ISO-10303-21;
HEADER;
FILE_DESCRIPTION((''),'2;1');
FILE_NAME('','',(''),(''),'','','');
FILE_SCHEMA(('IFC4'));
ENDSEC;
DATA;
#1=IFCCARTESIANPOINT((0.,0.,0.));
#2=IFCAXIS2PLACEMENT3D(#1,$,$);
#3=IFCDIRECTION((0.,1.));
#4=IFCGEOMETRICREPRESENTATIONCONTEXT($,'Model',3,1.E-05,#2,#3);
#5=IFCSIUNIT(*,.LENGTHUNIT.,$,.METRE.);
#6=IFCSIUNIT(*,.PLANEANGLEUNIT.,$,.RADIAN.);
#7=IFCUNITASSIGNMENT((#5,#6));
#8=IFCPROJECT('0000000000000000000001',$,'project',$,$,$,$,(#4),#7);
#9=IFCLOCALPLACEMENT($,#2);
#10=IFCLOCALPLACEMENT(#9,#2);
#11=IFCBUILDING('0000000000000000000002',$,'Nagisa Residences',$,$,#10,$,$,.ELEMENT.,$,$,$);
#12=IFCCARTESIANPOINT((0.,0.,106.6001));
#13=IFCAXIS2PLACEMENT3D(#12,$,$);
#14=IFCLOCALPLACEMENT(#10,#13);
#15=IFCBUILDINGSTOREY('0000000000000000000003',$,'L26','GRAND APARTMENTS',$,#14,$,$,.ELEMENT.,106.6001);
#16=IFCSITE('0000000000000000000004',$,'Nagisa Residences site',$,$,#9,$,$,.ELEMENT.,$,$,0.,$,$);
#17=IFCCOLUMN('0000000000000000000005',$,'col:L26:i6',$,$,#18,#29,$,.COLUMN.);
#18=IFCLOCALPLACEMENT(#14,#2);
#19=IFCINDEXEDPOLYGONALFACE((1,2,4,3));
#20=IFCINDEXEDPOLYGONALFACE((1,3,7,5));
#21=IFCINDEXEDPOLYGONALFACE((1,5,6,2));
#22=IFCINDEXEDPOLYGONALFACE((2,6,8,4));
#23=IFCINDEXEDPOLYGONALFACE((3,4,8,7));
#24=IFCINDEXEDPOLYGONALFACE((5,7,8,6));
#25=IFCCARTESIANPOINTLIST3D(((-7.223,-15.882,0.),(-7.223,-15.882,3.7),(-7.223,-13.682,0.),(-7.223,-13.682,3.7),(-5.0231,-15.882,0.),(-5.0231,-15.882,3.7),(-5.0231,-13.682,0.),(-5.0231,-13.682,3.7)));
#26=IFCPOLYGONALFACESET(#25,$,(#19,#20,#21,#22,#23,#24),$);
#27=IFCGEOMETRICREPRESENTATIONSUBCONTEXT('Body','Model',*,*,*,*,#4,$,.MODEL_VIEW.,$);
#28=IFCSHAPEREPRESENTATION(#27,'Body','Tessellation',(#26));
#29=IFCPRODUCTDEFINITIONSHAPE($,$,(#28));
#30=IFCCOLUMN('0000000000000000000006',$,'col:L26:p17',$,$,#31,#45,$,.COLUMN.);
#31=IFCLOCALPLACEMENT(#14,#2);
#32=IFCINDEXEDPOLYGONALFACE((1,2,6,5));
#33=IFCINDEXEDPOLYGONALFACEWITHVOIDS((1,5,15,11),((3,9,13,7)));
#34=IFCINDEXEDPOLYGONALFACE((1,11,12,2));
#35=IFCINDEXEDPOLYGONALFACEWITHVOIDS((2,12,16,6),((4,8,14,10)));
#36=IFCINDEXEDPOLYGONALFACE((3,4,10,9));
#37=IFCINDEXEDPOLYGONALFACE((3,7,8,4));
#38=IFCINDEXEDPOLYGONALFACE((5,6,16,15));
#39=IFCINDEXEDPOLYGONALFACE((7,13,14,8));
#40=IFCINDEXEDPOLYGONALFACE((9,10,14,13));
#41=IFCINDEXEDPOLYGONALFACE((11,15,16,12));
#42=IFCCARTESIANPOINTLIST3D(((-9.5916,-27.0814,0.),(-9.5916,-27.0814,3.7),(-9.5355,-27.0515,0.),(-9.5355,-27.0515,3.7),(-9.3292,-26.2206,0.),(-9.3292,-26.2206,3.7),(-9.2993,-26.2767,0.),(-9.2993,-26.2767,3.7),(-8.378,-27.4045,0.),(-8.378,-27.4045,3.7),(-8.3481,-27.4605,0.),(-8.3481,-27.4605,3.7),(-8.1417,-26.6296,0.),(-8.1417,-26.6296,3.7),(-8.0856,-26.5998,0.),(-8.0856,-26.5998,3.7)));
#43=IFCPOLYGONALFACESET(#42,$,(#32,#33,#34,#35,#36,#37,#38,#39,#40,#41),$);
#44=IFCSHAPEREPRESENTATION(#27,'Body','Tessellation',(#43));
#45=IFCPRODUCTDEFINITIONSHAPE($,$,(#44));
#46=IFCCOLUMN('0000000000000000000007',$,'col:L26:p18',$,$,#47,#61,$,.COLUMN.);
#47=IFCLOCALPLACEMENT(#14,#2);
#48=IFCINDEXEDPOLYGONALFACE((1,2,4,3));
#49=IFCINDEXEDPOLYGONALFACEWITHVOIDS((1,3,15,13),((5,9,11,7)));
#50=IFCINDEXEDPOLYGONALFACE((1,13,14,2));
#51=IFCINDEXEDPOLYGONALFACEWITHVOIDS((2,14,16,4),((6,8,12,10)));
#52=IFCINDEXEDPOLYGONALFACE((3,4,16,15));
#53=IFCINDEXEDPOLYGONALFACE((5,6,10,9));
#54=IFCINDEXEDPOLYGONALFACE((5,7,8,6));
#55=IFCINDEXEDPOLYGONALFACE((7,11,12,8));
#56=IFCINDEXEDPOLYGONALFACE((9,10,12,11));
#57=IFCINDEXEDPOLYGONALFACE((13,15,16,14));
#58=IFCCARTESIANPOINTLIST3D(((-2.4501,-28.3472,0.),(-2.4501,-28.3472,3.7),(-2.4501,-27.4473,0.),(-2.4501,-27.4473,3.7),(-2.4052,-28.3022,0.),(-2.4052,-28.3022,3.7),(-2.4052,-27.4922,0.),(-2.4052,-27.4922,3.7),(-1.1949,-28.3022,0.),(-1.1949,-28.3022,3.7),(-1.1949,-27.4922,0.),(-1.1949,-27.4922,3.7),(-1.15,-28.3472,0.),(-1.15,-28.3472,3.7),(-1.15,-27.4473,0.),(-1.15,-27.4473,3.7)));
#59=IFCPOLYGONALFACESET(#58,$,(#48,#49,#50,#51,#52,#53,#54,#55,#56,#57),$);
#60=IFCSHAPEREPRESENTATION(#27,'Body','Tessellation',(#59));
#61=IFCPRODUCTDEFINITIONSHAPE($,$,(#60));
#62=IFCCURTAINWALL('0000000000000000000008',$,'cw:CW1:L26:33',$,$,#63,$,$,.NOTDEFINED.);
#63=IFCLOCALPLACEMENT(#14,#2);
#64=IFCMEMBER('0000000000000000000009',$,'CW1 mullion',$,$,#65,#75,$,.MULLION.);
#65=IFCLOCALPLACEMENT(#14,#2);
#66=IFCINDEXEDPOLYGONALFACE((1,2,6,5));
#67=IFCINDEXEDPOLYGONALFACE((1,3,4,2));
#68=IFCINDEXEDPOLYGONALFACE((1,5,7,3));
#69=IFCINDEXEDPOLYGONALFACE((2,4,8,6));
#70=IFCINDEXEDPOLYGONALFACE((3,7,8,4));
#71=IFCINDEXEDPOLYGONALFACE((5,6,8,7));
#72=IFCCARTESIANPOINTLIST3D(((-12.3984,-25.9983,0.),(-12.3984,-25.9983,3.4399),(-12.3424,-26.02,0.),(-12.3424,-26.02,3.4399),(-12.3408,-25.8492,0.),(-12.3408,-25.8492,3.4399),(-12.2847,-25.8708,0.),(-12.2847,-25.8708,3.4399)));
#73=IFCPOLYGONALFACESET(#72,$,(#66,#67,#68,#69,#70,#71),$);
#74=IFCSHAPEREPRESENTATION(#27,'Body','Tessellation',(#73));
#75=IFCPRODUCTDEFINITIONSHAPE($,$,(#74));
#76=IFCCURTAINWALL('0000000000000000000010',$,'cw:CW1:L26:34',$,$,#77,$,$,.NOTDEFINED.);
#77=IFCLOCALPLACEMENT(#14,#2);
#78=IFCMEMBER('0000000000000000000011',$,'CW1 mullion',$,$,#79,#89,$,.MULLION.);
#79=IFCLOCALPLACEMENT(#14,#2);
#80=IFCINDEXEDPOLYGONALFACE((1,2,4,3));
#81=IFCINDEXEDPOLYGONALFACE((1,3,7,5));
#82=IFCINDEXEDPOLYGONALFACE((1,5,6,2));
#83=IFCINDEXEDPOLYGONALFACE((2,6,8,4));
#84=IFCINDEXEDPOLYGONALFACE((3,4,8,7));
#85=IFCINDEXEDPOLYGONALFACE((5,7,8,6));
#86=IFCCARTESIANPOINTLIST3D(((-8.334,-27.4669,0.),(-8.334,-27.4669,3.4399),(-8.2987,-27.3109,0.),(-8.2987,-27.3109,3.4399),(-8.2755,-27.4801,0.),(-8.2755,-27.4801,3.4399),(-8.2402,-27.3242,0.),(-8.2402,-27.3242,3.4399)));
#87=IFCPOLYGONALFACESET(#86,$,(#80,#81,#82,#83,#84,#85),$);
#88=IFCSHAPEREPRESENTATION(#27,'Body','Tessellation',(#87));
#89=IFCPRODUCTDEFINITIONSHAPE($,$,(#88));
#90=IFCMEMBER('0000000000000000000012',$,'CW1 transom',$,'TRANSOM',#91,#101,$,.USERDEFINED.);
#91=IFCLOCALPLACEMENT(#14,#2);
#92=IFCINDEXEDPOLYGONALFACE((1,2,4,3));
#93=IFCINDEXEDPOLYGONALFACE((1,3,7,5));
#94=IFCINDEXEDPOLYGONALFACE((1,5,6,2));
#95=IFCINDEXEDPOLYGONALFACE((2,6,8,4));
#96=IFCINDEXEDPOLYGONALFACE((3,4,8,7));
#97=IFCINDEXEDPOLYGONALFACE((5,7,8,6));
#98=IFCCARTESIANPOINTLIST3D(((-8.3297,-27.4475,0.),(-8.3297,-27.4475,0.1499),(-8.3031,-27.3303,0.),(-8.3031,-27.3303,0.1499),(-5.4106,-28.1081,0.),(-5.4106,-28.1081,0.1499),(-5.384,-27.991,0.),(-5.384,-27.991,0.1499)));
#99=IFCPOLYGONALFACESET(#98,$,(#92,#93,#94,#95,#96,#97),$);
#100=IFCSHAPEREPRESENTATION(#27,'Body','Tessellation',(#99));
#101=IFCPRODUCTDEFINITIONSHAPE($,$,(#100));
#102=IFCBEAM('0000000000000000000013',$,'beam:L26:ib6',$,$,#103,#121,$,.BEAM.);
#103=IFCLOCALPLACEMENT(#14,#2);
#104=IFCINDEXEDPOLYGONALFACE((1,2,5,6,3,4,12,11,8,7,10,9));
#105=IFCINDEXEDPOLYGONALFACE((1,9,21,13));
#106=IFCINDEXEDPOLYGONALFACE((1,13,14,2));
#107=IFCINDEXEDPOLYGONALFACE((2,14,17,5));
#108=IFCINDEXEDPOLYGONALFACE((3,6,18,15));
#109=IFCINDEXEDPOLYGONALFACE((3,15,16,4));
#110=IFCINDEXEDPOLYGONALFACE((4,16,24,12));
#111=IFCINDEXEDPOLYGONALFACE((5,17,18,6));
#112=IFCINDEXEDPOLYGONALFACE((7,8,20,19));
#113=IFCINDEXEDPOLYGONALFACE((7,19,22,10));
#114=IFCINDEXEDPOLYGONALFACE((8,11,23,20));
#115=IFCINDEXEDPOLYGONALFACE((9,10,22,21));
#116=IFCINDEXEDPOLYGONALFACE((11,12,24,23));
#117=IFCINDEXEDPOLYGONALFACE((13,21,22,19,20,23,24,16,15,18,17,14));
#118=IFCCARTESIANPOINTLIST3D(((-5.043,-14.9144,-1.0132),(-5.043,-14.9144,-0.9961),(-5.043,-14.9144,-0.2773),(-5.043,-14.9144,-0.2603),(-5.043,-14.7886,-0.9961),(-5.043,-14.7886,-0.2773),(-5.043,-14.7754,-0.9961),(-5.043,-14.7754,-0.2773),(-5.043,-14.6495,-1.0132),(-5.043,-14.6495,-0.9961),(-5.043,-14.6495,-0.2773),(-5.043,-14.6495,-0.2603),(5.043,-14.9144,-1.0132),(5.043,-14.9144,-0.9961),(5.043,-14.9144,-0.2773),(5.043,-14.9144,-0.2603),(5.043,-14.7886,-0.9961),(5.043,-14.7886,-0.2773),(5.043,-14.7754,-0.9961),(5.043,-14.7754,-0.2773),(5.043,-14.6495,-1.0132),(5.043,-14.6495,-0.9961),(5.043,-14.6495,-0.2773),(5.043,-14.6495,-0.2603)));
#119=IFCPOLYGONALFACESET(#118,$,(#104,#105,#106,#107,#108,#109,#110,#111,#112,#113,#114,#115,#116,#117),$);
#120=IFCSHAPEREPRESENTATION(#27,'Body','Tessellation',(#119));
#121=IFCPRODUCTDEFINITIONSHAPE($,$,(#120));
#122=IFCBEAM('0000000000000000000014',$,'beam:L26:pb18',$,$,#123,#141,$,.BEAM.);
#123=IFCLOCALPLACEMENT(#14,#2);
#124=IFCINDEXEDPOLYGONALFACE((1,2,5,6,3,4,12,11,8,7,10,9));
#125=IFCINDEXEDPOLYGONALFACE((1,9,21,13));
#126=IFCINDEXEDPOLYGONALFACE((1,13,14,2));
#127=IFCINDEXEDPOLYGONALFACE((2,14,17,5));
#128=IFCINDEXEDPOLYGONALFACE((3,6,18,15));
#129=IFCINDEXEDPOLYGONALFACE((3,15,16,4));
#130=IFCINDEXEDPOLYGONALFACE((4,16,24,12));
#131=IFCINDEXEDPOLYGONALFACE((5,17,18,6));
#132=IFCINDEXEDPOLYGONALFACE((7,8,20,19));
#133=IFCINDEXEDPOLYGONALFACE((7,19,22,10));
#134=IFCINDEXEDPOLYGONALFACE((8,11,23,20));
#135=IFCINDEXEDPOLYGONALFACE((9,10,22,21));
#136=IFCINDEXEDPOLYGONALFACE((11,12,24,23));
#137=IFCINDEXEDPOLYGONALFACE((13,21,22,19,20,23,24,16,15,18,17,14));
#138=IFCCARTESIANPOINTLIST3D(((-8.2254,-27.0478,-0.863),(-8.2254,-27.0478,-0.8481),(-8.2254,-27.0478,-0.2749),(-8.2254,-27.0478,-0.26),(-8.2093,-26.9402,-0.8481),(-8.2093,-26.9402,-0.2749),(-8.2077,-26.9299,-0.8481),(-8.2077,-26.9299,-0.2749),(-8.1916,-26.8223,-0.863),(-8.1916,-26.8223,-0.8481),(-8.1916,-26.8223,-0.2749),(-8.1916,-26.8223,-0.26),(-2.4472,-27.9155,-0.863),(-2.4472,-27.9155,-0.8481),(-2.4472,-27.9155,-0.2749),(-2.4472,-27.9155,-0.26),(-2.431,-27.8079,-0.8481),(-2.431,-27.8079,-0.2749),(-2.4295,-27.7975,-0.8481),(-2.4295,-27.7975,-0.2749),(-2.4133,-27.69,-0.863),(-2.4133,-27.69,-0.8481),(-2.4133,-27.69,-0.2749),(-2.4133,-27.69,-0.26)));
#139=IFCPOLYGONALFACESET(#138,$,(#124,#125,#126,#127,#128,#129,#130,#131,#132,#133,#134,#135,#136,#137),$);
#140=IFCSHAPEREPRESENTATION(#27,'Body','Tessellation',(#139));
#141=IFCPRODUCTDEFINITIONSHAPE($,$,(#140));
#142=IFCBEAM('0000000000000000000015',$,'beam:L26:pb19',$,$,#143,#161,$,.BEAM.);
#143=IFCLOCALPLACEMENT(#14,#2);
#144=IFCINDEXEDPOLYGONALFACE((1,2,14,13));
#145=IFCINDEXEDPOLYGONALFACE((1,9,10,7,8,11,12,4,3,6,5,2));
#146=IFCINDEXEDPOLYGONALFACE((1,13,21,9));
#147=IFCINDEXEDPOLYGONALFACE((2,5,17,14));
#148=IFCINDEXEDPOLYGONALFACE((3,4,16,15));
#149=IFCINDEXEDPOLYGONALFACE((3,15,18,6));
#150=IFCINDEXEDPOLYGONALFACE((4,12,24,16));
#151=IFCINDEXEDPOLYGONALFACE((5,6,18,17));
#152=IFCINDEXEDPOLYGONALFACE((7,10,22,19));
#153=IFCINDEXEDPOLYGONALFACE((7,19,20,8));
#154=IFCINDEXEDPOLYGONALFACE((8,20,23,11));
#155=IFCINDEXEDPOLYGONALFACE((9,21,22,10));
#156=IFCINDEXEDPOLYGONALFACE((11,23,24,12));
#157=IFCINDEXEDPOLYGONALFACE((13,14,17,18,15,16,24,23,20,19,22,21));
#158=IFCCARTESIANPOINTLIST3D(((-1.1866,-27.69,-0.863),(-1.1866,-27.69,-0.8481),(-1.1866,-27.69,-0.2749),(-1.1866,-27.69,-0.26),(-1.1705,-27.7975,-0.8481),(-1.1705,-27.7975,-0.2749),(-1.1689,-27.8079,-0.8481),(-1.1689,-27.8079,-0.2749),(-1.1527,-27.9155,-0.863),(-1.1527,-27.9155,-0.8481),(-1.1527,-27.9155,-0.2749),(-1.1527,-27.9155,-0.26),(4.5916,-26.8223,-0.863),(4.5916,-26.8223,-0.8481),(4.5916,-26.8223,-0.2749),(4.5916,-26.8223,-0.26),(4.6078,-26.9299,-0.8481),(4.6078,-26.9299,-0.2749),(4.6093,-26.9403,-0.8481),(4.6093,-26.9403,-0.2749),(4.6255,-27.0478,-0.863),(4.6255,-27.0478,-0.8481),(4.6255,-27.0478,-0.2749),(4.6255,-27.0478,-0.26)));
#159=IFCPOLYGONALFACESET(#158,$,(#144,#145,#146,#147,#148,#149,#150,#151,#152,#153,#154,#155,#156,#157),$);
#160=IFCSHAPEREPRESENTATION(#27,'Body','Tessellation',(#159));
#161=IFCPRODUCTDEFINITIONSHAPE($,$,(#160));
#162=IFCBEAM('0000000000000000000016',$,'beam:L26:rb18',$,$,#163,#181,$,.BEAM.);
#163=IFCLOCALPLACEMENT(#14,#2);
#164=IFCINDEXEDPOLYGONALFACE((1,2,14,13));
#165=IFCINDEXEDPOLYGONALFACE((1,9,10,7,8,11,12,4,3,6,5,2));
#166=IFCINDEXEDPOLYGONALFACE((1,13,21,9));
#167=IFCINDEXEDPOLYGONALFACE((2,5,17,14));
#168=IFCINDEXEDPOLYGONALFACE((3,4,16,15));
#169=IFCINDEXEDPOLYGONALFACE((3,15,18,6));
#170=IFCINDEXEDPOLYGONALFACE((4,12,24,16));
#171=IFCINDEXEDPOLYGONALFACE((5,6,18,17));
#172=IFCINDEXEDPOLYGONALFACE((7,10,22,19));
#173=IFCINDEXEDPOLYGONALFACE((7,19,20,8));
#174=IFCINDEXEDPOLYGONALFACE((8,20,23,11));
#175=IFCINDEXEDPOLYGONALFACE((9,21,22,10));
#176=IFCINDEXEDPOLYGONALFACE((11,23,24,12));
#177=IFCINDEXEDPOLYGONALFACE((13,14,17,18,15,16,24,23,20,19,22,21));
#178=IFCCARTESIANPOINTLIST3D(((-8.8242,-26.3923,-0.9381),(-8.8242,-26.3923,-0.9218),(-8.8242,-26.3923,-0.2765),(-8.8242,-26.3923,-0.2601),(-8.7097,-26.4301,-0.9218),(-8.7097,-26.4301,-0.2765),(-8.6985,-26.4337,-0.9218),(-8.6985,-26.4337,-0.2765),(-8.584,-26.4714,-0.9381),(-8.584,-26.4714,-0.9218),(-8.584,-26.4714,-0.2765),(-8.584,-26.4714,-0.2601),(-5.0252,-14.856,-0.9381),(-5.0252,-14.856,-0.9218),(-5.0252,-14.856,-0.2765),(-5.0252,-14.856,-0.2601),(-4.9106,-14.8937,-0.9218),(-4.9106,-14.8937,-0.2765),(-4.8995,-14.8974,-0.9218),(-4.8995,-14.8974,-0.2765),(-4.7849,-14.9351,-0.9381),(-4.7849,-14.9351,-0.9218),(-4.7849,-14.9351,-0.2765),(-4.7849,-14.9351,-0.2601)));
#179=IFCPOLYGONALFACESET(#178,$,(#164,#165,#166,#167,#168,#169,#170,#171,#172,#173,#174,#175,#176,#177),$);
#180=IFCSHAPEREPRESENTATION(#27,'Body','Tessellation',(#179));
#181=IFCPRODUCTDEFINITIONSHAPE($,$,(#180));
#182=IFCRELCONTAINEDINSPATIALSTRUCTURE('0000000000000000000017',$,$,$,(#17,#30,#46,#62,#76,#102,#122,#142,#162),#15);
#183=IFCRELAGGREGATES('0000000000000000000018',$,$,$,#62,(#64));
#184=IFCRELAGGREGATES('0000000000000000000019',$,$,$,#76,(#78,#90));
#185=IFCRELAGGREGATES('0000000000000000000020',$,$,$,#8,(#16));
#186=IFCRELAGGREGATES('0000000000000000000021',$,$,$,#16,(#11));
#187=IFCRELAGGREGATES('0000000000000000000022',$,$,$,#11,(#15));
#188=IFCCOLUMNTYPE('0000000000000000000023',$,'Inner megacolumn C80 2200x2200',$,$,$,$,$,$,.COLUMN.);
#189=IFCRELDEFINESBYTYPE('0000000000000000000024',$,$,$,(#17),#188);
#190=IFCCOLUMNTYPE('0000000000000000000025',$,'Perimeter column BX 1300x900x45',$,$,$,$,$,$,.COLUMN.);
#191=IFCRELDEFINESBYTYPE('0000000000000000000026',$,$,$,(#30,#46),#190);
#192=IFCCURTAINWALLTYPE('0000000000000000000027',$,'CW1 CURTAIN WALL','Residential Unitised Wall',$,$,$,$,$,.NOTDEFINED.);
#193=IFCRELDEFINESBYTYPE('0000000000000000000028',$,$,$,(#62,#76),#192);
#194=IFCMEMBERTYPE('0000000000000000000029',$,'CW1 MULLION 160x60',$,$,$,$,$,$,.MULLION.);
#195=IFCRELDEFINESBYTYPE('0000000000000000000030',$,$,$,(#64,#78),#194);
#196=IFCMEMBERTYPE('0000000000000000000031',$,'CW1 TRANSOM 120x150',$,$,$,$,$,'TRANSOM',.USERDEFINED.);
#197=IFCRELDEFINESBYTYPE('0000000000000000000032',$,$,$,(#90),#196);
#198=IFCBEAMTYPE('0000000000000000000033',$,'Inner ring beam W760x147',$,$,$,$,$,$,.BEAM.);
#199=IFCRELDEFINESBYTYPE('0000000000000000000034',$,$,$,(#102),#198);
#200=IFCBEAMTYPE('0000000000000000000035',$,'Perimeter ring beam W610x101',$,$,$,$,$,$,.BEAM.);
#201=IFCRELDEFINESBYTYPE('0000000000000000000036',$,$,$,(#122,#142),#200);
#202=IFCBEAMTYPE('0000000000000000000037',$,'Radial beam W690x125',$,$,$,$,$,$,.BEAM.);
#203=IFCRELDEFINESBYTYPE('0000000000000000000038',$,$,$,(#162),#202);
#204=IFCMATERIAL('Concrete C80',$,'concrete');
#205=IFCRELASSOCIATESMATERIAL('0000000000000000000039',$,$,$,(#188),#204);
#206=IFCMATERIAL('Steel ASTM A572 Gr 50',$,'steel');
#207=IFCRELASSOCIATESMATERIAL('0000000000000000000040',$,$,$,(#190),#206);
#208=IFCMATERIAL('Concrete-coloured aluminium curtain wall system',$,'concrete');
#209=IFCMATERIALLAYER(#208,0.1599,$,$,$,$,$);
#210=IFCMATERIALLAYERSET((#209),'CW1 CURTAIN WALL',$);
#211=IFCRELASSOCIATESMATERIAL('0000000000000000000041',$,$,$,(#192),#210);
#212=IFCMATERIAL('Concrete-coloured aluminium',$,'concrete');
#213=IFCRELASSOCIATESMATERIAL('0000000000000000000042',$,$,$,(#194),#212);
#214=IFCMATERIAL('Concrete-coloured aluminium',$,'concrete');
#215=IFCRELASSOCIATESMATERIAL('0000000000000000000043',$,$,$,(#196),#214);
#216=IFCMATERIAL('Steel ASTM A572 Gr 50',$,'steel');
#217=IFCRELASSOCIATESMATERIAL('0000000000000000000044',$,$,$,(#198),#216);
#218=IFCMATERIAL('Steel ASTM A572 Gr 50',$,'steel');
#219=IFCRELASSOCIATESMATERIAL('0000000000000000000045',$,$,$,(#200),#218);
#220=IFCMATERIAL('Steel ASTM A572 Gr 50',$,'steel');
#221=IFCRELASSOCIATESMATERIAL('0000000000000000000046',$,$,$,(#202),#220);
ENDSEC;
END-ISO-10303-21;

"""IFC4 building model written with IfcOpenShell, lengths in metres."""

from ifc_helpers import new_model, si_unit, direction, frame, origin, origin_2d, place, context, subcontext, project, spatial, rectangle, hollow_rectangle, i_section, extrude, material, layer, layer_set, material_profile, profile_set, type_object, element, aggregate, save


model = new_model("IFC4")

# Units and contexts
model_context = context("Model", 3, precision=1e-05, world=origin(), true_north=direction((0.0, 1.0)))
body_context = subcontext(model_context, "Body", "Model", "MODEL_VIEW")
ifc_project = project(units=[si_unit("LENGTHUNIT", "METRE"), si_unit("PLANEANGLEUNIT", "RADIAN")], contexts=[model_context])

# Site, building, storey
site_placement = place(None, origin())
site = spatial("IfcSite", under=ifc_project, at=site_placement, Name="Nagisa Residences site", CompositionType="ELEMENT", RefElevation=0.0)
building_placement = place(site_placement, origin())
building = spatial("IfcBuilding", under=site, at=building_placement, Name="Nagisa Residences", CompositionType="ELEMENT")
storey_placement = place(building_placement, frame((0.0, 0.0, 106.6001)))
storey = spatial("IfcBuildingStorey", under=building, at=storey_placement, Name="L26", Description="GRAND APARTMENTS", CompositionType="ELEMENT", Elevation=106.6001)

# Columns
ifc_material_1 = material(Name="Concrete C80", Category="concrete")
ifc_material_profile_1 = material_profile(ifc_material_1, rectangle(XDim=2.2, YDim=2.2, at=origin_2d()), Name="C80 2200x2200")
ifc_profile_set_1 = profile_set([ifc_material_profile_1], Name="Concrete C80")
column_type_1 = type_object("IfcColumnType", Name="Inner megacolumn C80 2200x2200", PredefinedType="COLUMN", material=ifc_profile_set_1)
column_placement = place(storey_placement, frame((-6.123, -14.782, 0.0), z_axis=(0.0, 0.0, 1.0), x_axis=(1.0, 0.0, 0.0)))
element("IfcColumn", 1, at=column_placement, inside=storey, type_object=column_type_1, Name="col:L26:i6", PredefinedType="COLUMN", context=body_context, shape_type="SweptSolid", body=[
    extrude(rectangle(XDim=2.2, YDim=2.2, at=origin_2d()), origin(), (0.0, 0.0, 1.0), 3.7),
])
ifc_material_2 = material(Name="Steel ASTM A572 Gr 50", Category="steel")
ifc_material_profile_2 = material_profile(ifc_material_2, hollow_rectangle(XDim=1.3, YDim=0.8999, WallThickness=0.0449, at=origin_2d()), Name="BX 1300x900x45")
ifc_profile_set_2 = profile_set([ifc_material_profile_2], Name="Steel ASTM A572 Gr 50")
column_type_2 = type_object("IfcColumnType", Name="Perimeter column BX 1300x900x45", PredefinedType="COLUMN", material=ifc_profile_set_2)
for number, where, z_axis, x_axis, name in (
    (2, (-8.8386, -26.8406, 0.0), (0.0, 0.0, 1.0), (0.956525, -0.291652, 0.0), "col:L26:p17"),
    (3, (-1.8, -27.8972, 0.0), (0.0, 0.0, 1.0), (1.0, 0.0, 0.0), "col:L26:p18"),
):
    element("IfcColumn", number, at=place(storey_placement, frame(where, z_axis=z_axis, x_axis=x_axis)), inside=storey, type_object=column_type_2, Name=name, PredefinedType="COLUMN", context=body_context, shape_type="SweptSolid", body=[
        extrude(hollow_rectangle(XDim=1.3, YDim=0.8999, WallThickness=0.0449, at=origin_2d()), origin(), (0.0, 0.0, 1.0), 3.7),
    ])

# Curtain wall, member
ifc_material_3 = material(Name="Concrete-coloured aluminium curtain wall system", Category="concrete")
ifc_layer_1 = layer(ifc_material_3, 0.1599)
ifc_layer_set_1 = layer_set([ifc_layer_1], Name="CW1 CURTAIN WALL")
curtain_wall_type = type_object("IfcCurtainWallType", Name="CW1 CURTAIN WALL", Description="Residential Unitised Wall", PredefinedType="NOTDEFINED", material=ifc_layer_set_1)
curtain_wall_1_placement = place(storey_placement, origin())
curtain_wall_1 = element("IfcCurtainWall", 4, at=curtain_wall_1_placement, inside=storey, type_object=curtain_wall_type, Name="cw:CW1:L26:33", PredefinedType="NOTDEFINED")
ifc_material_4 = material(Name="Concrete-coloured aluminium", Category="concrete")
ifc_material_profile_3 = material_profile(ifc_material_4, rectangle(XDim=0.1599, YDim=0.0601, at=origin_2d()), Name="CW1 MULLION 160x60")
ifc_profile_set_3 = profile_set([ifc_material_profile_3], Name="Concrete-coloured aluminium")
member_type_1 = type_object("IfcMemberType", Name="CW1 MULLION 160x60", PredefinedType="MULLION", material=ifc_profile_set_3)
member_1_placement = place(storey_placement, frame((-12.3416, -25.9346, 0.0), z_axis=(0.0, 0.0, 1.0), x_axis=(0.360328, 0.932826, 0.0)))
member_1 = element("IfcMember", 5, at=member_1_placement, type_object=member_type_1, Name="CW1 mullion", PredefinedType="MULLION", context=body_context, shape_type="SweptSolid", body=[
    extrude(rectangle(XDim=0.1599, YDim=0.0601, at=origin_2d()), origin(), (0.0, 0.0, 1.0), 3.4399),
])

# Curtain wall, members
curtain_wall_2_placement = place(storey_placement, origin())
curtain_wall_2 = element("IfcCurtainWall", 6, at=curtain_wall_2_placement, inside=storey, type_object=curtain_wall_type, Name="cw:CW1:L26:34", PredefinedType="NOTDEFINED")
member_2_placement = place(storey_placement, frame((-8.2871, -27.3955, 0.0), z_axis=(0.0, 0.0, 1.0), x_axis=(0.220764, 0.975327, 0.0)))
member_2 = element("IfcMember", 7, at=member_2_placement, type_object=member_type_1, Name="CW1 mullion", PredefinedType="MULLION", context=body_context, shape_type="SweptSolid", body=[
    extrude(rectangle(XDim=0.1599, YDim=0.0601, at=origin_2d()), origin(), (0.0, 0.0, 1.0), 3.4399),
])
ifc_material_5 = material(Name="Concrete-coloured aluminium", Category="concrete")
ifc_material_profile_4 = material_profile(ifc_material_5, rectangle(XDim=0.1201, YDim=0.1499, at=origin_2d()), Name="CW1 TRANSOM 120x150")
ifc_profile_set_4 = profile_set([ifc_material_profile_4], Name="Concrete-coloured aluminium")
member_type_2 = type_object("IfcMemberType", Name="CW1 TRANSOM 120x150", ElementType="TRANSOM", PredefinedType="USERDEFINED", material=ifc_profile_set_4)
member_3_placement = place(storey_placement, frame((-8.3164, -27.3889, 0.075), z_axis=(0.975335, -0.220729, 0.0), x_axis=(0.220729, 0.975335, 0.0)))
member_3 = element("IfcMember", 8, at=member_3_placement, type_object=member_type_2, Name="CW1 transom", ObjectType="TRANSOM", PredefinedType="USERDEFINED", context=body_context, shape_type="SweptSolid", body=[
    extrude(rectangle(XDim=0.1201, YDim=0.1499, at=origin_2d()), origin(), (0.0, 0.0, 1.0), 2.9929),
])

# Beams
ifc_material_6 = material(Name="Steel ASTM A572 Gr 50", Category="steel")
ifc_material_profile_5 = material_profile(ifc_material_6, i_section(OverallWidth=0.2649, OverallDepth=0.7529, WebThickness=0.0132, FlangeThickness=0.0171, at=origin_2d()), Name="W760x147")
ifc_profile_set_5 = profile_set([ifc_material_profile_5], Name="Steel ASTM A572 Gr 50")
beam_type_1 = type_object("IfcBeamType", Name="Inner ring beam W760x147", PredefinedType="BEAM", material=ifc_profile_set_5)
beam_1_placement = place(storey_placement, frame((-5.043, -14.782, -0.6367), z_axis=(1.0, 0.0, 0.0), x_axis=(0.0, 1.0, 0.0)))
element("IfcBeam", 9, at=beam_1_placement, inside=storey, type_object=beam_type_1, Name="beam:L26:ib6", PredefinedType="BEAM", context=body_context, shape_type="SweptSolid", body=[
    extrude(i_section(OverallWidth=0.2649, OverallDepth=0.7529, WebThickness=0.0132, FlangeThickness=0.0171, at=origin_2d()), origin(), (0.0, 0.0, 1.0), 10.0859),
])
ifc_material_7 = material(Name="Steel ASTM A572 Gr 50", Category="steel")
ifc_material_profile_6 = material_profile(ifc_material_7, i_section(OverallWidth=0.228, OverallDepth=0.603, WebThickness=0.0105, FlangeThickness=0.0149, at=origin_2d()), Name="W610x101")
ifc_profile_set_6 = profile_set([ifc_material_profile_6], Name="Steel ASTM A572 Gr 50")
beam_type_2 = type_object("IfcBeamType", Name="Perimeter ring beam W610x101", PredefinedType="BEAM", material=ifc_profile_set_6)
for number, where, z_axis, x_axis, name in (
    (10, (-8.2085, -26.9351, -0.5615), (0.988913, -0.148496, 0.0), (0.148496, 0.988913, 0.0), "beam:L26:pb18"),
    (11, (-1.1697, -27.8027, -0.5615), (0.988913, 0.148496, 0.0), (-0.148496, 0.988913, 0.0), "beam:L26:pb19"),
):
    element("IfcBeam", number, at=place(storey_placement, frame(where, z_axis=z_axis, x_axis=x_axis)), inside=storey, type_object=beam_type_2, Name=name, PredefinedType="BEAM", context=body_context, shape_type="SweptSolid", body=[
        extrude(i_section(OverallWidth=0.228, OverallDepth=0.603, WebThickness=0.0105, FlangeThickness=0.0149, at=origin_2d()), origin(), (0.0, 0.0, 1.0), 5.843),
    ])
ifc_material_8 = material(Name="Steel ASTM A572 Gr 50", Category="steel")
ifc_material_profile_7 = material_profile(ifc_material_8, i_section(OverallWidth=0.2529, OverallDepth=0.678, WebThickness=0.0117, FlangeThickness=0.0164, at=origin_2d()), Name="W690x125")
ifc_profile_set_7 = profile_set([ifc_material_profile_7], Name="Steel ASTM A572 Gr 50")
beam_type_3 = type_object("IfcBeamType", Name="Radial beam W690x125", PredefinedType="BEAM", material=ifc_profile_set_7)
beam_2_placement = place(storey_placement, frame((-8.7041, -26.4319, -0.5991), z_axis=(0.312788, 0.949823, 0.0), x_axis=(-0.949823, 0.312788, 0.0)))
element("IfcBeam", 12, at=beam_2_placement, inside=storey, type_object=beam_type_3, Name="beam:L26:rb18", PredefinedType="BEAM", context=body_context, shape_type="SweptSolid", body=[
    extrude(i_section(OverallWidth=0.2529, OverallDepth=0.678, WebThickness=0.0117, FlangeThickness=0.0164, at=origin_2d()), origin(), (0.0, 0.0, 1.0), 12.1458),
])

aggregate(curtain_wall_1, [member_1])
aggregate(curtain_wall_2, [member_2, member_3])

save(model, "model.ifc")
